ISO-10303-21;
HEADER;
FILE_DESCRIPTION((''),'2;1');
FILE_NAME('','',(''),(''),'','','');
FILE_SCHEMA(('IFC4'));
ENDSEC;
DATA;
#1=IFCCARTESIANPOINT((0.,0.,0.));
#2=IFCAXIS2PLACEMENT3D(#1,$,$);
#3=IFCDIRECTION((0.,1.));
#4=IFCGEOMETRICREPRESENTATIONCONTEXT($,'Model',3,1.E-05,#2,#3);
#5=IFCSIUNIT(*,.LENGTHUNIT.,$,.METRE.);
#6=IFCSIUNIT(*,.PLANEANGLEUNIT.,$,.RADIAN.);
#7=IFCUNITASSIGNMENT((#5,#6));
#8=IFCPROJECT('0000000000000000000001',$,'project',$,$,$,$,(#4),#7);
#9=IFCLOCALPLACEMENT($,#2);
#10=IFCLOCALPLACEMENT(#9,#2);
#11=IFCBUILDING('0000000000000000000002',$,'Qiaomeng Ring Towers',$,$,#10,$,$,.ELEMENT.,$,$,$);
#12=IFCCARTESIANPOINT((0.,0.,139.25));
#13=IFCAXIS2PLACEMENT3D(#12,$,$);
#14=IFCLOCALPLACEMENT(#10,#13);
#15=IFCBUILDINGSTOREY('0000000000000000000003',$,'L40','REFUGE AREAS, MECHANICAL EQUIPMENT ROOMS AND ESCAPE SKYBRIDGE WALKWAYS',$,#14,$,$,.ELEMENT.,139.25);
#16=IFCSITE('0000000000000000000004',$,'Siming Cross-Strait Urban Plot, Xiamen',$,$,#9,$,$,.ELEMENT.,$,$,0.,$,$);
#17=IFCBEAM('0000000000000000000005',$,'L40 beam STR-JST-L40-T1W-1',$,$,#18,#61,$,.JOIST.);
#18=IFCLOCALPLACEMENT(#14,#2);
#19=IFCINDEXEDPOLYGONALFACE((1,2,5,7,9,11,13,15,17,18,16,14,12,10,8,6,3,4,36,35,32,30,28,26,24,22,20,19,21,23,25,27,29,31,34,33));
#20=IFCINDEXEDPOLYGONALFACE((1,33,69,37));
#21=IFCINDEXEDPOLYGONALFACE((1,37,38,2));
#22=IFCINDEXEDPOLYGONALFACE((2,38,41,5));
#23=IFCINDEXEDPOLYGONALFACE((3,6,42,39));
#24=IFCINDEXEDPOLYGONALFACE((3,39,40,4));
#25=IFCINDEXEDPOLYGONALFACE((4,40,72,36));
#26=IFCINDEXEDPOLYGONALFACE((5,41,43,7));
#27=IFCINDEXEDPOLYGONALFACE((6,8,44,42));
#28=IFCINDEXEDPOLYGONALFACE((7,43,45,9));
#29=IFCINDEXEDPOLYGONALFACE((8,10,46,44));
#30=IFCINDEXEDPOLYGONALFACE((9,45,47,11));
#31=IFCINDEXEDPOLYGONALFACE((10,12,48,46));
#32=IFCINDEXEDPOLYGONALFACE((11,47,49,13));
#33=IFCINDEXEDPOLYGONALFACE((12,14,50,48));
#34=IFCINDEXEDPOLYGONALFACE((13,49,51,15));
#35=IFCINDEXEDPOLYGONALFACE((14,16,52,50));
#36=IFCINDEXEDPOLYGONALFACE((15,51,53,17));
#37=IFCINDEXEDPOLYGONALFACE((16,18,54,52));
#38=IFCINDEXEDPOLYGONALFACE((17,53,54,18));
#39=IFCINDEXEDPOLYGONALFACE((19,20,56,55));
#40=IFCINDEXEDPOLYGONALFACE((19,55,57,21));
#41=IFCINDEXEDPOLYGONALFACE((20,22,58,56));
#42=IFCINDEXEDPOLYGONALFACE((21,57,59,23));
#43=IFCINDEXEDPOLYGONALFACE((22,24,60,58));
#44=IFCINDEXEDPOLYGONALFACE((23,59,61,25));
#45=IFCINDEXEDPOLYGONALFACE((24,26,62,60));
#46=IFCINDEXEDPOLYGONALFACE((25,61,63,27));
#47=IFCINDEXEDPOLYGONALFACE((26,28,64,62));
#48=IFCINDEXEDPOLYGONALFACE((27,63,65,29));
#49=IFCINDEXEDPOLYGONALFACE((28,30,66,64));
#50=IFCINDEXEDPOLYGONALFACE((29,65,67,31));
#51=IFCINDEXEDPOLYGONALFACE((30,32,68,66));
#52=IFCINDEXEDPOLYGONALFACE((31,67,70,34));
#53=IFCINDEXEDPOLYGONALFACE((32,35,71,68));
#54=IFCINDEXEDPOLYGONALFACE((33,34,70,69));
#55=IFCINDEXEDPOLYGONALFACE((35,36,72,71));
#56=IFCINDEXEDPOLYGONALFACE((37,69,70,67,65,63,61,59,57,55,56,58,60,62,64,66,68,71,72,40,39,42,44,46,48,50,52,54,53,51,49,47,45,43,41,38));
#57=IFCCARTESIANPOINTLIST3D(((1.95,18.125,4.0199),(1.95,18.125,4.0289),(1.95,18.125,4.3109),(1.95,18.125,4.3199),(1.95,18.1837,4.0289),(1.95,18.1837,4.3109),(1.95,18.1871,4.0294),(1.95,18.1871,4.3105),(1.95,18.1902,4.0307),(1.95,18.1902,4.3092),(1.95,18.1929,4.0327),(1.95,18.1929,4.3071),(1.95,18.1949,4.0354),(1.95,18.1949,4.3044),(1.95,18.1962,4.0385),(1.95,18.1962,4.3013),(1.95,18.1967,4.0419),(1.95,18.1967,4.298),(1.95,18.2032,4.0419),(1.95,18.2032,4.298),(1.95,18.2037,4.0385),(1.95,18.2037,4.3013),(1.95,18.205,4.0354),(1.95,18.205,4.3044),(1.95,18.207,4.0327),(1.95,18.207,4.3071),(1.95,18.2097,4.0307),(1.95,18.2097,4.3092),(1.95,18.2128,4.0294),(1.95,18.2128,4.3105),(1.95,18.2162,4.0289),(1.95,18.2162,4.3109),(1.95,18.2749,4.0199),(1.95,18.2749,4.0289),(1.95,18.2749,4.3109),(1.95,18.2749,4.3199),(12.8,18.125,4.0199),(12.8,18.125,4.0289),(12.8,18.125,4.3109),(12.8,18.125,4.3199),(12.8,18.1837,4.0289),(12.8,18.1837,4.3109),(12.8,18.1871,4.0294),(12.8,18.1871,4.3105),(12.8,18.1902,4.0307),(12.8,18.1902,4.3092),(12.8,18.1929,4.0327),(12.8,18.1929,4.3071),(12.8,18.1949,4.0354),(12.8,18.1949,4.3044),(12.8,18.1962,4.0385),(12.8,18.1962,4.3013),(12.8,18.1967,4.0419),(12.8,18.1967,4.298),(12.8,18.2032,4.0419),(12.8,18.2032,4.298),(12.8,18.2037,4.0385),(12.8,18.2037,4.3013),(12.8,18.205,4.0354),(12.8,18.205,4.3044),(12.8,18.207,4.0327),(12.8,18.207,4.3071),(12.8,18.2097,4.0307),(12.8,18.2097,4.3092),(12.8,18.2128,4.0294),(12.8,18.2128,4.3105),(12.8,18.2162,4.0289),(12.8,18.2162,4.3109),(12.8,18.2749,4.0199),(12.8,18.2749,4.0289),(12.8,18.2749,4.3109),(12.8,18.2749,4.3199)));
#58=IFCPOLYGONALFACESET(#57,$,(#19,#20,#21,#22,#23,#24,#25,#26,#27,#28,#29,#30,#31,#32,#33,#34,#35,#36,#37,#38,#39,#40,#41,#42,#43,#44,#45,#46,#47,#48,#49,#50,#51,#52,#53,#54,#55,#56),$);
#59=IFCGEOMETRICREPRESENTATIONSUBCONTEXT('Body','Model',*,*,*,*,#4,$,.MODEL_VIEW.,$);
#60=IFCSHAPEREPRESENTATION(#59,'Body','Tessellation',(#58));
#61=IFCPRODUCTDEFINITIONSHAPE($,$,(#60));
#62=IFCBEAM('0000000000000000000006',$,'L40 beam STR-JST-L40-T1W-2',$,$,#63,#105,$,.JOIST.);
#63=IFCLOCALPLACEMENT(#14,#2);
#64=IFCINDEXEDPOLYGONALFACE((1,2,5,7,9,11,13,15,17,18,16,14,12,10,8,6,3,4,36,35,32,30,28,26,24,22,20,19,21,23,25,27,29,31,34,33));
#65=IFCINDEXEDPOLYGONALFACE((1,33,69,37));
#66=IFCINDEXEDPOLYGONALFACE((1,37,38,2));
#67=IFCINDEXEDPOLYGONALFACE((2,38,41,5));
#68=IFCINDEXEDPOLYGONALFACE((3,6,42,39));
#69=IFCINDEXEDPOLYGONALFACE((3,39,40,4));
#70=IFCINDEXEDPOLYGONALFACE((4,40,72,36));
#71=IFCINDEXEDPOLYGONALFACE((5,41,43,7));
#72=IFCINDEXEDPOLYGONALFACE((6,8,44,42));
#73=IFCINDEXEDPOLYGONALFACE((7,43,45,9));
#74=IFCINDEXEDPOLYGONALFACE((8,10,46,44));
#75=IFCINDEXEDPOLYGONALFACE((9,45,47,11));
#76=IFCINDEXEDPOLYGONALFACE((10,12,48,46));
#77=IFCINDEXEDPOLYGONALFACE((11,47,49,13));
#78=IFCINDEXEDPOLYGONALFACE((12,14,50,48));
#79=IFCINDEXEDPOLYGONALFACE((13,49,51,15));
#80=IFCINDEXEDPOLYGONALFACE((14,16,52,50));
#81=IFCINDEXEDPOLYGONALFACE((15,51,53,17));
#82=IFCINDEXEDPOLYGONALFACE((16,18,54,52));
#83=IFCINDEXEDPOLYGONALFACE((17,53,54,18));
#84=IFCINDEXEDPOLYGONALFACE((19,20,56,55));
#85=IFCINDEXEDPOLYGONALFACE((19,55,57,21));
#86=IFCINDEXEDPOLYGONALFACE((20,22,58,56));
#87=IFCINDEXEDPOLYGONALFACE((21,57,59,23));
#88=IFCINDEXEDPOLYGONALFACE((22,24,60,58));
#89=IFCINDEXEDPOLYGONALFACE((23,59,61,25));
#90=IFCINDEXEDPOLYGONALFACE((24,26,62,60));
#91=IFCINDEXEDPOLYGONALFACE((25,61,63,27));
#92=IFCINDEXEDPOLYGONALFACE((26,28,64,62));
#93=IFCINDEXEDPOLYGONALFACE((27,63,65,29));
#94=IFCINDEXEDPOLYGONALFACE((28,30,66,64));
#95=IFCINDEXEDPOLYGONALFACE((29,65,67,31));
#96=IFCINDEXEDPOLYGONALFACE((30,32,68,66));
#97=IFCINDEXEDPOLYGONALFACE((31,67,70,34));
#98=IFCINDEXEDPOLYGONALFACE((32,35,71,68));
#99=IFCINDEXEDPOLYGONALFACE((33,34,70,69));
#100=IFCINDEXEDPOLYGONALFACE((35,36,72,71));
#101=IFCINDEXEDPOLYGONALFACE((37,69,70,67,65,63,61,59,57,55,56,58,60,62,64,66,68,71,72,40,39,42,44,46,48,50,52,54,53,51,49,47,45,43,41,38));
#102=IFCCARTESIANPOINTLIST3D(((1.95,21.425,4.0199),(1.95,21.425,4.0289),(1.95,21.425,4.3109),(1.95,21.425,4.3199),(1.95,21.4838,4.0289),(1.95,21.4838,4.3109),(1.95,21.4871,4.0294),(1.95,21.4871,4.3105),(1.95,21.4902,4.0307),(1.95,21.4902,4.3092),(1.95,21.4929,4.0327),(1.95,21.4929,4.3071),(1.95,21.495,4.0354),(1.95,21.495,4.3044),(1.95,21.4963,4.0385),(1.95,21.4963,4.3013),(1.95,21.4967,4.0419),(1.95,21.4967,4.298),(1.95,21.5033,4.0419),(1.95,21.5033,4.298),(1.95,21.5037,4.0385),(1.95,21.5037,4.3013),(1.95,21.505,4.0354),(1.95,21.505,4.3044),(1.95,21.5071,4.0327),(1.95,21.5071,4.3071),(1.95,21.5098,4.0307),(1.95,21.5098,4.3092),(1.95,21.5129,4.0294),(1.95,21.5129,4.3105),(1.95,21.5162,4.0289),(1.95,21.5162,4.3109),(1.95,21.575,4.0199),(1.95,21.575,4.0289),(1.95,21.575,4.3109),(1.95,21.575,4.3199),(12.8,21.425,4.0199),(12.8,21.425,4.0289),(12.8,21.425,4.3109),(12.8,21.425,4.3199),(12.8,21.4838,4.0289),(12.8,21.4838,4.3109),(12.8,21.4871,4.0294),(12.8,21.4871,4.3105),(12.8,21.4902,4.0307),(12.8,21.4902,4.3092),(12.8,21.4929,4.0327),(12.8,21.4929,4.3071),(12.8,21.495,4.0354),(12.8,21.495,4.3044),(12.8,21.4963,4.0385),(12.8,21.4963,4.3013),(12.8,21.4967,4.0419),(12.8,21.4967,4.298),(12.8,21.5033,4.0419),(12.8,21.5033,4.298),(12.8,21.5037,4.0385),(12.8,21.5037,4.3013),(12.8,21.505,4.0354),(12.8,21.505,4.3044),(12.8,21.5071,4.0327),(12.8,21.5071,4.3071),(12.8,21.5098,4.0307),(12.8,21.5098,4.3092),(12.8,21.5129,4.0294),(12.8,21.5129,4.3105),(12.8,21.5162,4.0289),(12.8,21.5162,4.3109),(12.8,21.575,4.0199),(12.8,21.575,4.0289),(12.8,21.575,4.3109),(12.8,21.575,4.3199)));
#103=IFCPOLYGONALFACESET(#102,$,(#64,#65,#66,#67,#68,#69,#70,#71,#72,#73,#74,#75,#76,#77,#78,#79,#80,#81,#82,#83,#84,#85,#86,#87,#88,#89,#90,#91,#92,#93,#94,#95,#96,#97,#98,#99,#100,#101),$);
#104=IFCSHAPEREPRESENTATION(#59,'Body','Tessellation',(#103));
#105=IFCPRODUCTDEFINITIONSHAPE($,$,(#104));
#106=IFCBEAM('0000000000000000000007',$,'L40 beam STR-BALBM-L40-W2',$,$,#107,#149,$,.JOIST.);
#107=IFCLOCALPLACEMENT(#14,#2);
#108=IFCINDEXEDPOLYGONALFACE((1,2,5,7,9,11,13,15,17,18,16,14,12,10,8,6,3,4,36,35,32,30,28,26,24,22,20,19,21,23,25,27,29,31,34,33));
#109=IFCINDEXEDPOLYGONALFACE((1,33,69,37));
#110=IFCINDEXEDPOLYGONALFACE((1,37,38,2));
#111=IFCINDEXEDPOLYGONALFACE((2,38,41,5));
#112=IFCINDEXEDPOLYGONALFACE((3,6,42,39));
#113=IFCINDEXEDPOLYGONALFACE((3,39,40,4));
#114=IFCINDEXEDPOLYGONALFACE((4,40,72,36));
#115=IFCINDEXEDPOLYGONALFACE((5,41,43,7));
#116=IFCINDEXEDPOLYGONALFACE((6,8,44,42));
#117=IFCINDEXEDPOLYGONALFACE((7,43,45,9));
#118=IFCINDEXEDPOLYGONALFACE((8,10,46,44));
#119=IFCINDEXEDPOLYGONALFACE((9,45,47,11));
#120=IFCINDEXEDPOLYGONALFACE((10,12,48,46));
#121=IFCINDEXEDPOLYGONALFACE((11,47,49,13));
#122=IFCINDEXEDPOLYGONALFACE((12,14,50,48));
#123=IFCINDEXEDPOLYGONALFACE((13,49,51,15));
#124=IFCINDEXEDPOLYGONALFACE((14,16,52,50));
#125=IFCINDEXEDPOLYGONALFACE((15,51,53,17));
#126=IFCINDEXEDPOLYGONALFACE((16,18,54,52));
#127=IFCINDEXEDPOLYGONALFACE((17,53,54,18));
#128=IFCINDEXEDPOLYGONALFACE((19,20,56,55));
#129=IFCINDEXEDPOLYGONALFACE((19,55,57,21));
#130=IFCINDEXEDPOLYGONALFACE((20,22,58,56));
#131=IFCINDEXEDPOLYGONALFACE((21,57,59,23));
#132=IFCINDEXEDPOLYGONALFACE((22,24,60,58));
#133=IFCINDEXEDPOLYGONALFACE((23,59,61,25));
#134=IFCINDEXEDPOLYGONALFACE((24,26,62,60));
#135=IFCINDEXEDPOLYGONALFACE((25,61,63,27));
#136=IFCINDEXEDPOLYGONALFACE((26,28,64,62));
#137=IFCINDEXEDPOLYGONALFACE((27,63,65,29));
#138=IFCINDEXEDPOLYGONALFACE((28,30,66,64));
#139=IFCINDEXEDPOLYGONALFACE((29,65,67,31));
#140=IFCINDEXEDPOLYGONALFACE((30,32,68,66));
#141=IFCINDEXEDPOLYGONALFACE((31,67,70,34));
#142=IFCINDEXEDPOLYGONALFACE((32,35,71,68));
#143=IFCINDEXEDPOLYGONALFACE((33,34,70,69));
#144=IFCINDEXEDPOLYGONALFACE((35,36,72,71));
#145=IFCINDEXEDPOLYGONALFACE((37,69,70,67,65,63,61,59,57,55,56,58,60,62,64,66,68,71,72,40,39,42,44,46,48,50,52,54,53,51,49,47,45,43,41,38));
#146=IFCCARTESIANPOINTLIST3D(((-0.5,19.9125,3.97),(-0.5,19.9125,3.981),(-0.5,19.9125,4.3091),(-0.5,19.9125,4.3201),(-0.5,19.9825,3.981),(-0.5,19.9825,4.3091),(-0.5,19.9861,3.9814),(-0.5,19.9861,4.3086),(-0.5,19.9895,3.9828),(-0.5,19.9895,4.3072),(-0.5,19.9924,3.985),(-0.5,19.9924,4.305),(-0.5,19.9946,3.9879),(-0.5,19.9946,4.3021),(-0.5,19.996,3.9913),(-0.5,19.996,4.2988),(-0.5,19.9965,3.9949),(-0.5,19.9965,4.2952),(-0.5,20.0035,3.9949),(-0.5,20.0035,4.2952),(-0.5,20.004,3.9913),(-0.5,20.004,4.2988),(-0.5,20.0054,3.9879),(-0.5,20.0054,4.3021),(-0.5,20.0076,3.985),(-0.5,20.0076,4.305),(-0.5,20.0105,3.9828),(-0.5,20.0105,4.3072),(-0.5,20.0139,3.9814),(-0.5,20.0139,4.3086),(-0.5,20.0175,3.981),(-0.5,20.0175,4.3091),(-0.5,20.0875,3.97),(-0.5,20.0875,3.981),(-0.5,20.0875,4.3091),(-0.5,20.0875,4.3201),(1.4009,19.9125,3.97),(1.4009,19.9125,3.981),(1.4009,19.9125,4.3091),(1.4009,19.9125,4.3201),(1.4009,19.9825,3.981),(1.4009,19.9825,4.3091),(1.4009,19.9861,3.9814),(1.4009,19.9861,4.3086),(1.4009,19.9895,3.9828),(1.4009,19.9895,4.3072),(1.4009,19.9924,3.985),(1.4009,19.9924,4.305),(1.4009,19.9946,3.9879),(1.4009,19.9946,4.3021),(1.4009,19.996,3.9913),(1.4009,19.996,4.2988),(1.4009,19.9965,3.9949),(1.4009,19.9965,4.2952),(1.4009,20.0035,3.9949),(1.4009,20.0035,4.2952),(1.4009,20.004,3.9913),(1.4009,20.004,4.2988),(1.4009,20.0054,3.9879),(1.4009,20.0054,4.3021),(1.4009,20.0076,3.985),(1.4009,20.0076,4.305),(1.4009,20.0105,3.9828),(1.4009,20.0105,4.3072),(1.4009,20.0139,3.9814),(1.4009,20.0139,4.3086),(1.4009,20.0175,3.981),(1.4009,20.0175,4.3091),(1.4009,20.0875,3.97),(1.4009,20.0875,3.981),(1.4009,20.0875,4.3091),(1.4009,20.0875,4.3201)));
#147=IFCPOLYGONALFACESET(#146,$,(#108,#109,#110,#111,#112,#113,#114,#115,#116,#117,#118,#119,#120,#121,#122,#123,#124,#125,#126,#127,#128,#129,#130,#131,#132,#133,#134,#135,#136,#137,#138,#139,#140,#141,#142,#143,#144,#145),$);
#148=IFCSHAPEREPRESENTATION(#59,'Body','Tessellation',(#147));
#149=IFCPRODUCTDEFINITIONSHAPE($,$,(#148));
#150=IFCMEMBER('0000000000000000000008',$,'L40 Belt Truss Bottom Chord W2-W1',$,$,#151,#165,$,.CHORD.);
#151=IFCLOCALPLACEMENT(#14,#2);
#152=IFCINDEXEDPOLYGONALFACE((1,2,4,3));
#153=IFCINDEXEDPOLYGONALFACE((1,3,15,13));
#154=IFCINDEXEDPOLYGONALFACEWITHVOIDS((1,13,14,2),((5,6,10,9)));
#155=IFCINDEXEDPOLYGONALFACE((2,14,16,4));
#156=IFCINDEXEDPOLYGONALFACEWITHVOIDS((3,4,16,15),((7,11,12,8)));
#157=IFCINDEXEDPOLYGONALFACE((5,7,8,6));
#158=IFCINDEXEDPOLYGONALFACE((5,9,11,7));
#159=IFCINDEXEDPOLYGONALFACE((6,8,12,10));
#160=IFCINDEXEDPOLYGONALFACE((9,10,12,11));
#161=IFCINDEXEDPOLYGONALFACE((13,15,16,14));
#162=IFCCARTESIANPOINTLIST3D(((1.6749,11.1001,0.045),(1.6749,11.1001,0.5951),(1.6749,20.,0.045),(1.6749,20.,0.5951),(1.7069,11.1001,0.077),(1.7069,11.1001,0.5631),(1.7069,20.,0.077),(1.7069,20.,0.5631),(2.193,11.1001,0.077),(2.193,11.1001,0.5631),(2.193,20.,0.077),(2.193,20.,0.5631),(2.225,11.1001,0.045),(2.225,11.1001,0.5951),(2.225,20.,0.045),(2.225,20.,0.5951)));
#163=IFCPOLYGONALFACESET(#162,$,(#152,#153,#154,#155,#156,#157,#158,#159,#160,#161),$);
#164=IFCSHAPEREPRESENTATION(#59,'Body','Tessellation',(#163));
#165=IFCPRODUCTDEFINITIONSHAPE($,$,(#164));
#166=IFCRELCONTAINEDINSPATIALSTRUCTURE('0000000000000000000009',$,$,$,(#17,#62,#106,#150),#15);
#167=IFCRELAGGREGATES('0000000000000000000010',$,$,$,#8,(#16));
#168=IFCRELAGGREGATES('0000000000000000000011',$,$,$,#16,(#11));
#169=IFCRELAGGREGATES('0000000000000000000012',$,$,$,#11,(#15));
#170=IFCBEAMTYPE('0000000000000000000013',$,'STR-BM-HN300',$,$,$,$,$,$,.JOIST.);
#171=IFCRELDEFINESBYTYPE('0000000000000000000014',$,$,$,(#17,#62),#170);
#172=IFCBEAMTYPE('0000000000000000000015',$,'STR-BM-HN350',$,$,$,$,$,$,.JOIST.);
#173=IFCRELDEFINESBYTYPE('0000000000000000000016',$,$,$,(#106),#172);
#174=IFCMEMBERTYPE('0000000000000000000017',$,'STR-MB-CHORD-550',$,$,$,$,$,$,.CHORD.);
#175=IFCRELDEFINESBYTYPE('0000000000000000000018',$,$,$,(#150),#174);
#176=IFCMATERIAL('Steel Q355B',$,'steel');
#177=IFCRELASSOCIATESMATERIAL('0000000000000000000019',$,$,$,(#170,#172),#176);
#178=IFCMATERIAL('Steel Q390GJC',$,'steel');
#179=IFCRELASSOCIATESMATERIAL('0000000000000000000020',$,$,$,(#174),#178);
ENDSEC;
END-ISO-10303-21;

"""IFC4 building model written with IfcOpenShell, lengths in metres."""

from ifc_helpers import new_model, si_unit, direction, frame, origin, origin_2d, place, context, subcontext, project, spatial, hollow_rectangle, i_section, extrude, source, transform, mapped, material, material_profile, profile_set, type_object, element, save


model = new_model("IFC4")

# Units and contexts
model_context = context("Model", 3, precision=1e-05, world=origin(), true_north=direction((0.0, 1.0)))
body_context = subcontext(model_context, "Body", "Model", "MODEL_VIEW")
ifc_project = project(units=[si_unit("LENGTHUNIT", "METRE"), si_unit("PLANEANGLEUNIT", "RADIAN")], contexts=[model_context])

# Site, building, storey
site_placement = place(None, origin())
site = spatial("IfcSite", under=ifc_project, at=site_placement, Name="Siming Cross-Strait Urban Plot, Xiamen", CompositionType="ELEMENT", RefElevation=0.0)
building_placement = place(site_placement, origin())
building = spatial("IfcBuilding", under=site, at=building_placement, Name="Qiaomeng Ring Towers", CompositionType="ELEMENT")
storey_placement = place(building_placement, frame((0.0, 0.0, 139.25)))
storey = spatial("IfcBuildingStorey", under=building, at=storey_placement, Name="L40", Description="REFUGE AREAS, MECHANICAL EQUIPMENT ROOMS AND ESCAPE SKYBRIDGE WALKWAYS", CompositionType="ELEMENT", Elevation=139.25)

# Shared definitions
ifc_material_1 = material(Name="Steel Q390GJC", Category="steel")

# Beams
ifc_material_2 = material(Name="Steel Q355B", Category="steel")
ifc_material_profile_1 = material_profile(ifc_material_2, i_section(OverallWidth=0.1499, OverallDepth=0.3, WebThickness=0.0066, FlangeThickness=0.009, FilletRadius=0.0129, at=origin_2d()), Name="HN 300x150x6.5x9")
ifc_profile_set_1 = profile_set([ifc_material_profile_1], Name="Steel Q355B")
beam_type_1 = type_object("IfcBeamType", Name="STR-BM-HN300", PredefinedType="JOIST", material=ifc_profile_set_1)
shared_shape_1 = source(origin(), body_context, "Body", "SweptSolid", [
    extrude(i_section(OverallWidth=0.1499, OverallDepth=0.3, WebThickness=0.0066, FlangeThickness=0.009, FilletRadius=0.0129, at=origin_2d()), origin(), (0.0, 0.0, 1.0), 10.8501),
])
for number, where, z_axis, x_axis, name in (
    (1, (1.95, 18.2, 4.1699), (1.0, 0.0, 0.0), (0.0, 1.0, 0.0), "L40 beam STR-JST-L40-T1W-1"),
    (2, (1.95, 21.5, 4.1699), (1.0, 0.0, 0.0), (0.0, 1.0, 0.0), "L40 beam STR-JST-L40-T1W-2"),
):
    element("IfcBeam", number, at=place(storey_placement, frame(where, z_axis=z_axis, x_axis=x_axis)), inside=storey, type_object=beam_type_1, Name=name, PredefinedType="JOIST", context=body_context, shape_type="MappedRepresentation", body=[
        mapped(shared_shape_1, transform((0.0, 0.0, 0.0), x_axis=(1.0, 0.0, 0.0), y_axis=(0.0, 1.0, 0.0), z_axis=(0.0, 0.0, 1.0), scale=1.0)),
    ])
ifc_material_profile_2 = material_profile(ifc_material_2, i_section(OverallWidth=0.175, OverallDepth=0.3501, WebThickness=0.0071, FlangeThickness=0.011, FilletRadius=0.0139, at=origin_2d()), Name="HN 350x175x7x11")
ifc_profile_set_2 = profile_set([ifc_material_profile_2], Name="Steel Q355B")
beam_type_2 = type_object("IfcBeamType", Name="STR-BM-HN350", PredefinedType="JOIST", material=ifc_profile_set_2)
shared_shape_2 = source(origin(), body_context, "Body", "SweptSolid", [
    extrude(i_section(OverallWidth=0.175, OverallDepth=0.3501, WebThickness=0.0071, FlangeThickness=0.011, FilletRadius=0.0139, at=origin_2d()), origin(), (0.0, 0.0, 1.0), 1.9009),
])
beam_1_placement = place(storey_placement, frame((-0.5, 20.0, 4.145), z_axis=(1.0, 0.0, 0.0), x_axis=(0.0, 1.0, 0.0)))
element("IfcBeam", 3, at=beam_1_placement, inside=storey, type_object=beam_type_2, Name="L40 beam STR-BALBM-L40-W2", PredefinedType="JOIST", context=body_context, shape_type="MappedRepresentation", body=[
    mapped(shared_shape_2, transform((0.0, 0.0, 0.0), x_axis=(1.0, 0.0, 0.0), y_axis=(0.0, 1.0, 0.0), z_axis=(0.0, 0.0, 1.0), scale=1.0)),
])

# Member
ifc_material_profile_3 = material_profile(ifc_material_1, hollow_rectangle(XDim=0.55, YDim=0.55, WallThickness=0.032, at=origin_2d()), Name="SHS 550x550x32")
ifc_profile_set_3 = profile_set([ifc_material_profile_3], Name="Steel Q390GJC")
member_type_1 = type_object("IfcMemberType", Name="STR-MB-CHORD-550", PredefinedType="CHORD", material=ifc_profile_set_3)
shared_shape_3 = source(origin(), body_context, "Body", "SweptSolid", [
    extrude(hollow_rectangle(XDim=0.55, YDim=0.55, WallThickness=0.032, at=origin_2d()), origin(), (0.0, 0.0, 1.0), 8.8999),
])
member_1_placement = place(storey_placement, frame((1.95, 20.0, 0.3201), z_axis=(0.0, -1.0, 0.0), x_axis=(1.0, 0.0, 0.0)))
element("IfcMember", 4, at=member_1_placement, inside=storey, type_object=member_type_1, Name="L40 Belt Truss Bottom Chord W2-W1", PredefinedType="CHORD", context=body_context, shape_type="MappedRepresentation", body=[
    mapped(shared_shape_3, transform((0.0, 0.0, 0.0), x_axis=(1.0, 0.0, 0.0), y_axis=(0.0, 1.0, 0.0), z_axis=(0.0, 0.0, 1.0), scale=1.0)),
])

save(model, "model.ifc")
